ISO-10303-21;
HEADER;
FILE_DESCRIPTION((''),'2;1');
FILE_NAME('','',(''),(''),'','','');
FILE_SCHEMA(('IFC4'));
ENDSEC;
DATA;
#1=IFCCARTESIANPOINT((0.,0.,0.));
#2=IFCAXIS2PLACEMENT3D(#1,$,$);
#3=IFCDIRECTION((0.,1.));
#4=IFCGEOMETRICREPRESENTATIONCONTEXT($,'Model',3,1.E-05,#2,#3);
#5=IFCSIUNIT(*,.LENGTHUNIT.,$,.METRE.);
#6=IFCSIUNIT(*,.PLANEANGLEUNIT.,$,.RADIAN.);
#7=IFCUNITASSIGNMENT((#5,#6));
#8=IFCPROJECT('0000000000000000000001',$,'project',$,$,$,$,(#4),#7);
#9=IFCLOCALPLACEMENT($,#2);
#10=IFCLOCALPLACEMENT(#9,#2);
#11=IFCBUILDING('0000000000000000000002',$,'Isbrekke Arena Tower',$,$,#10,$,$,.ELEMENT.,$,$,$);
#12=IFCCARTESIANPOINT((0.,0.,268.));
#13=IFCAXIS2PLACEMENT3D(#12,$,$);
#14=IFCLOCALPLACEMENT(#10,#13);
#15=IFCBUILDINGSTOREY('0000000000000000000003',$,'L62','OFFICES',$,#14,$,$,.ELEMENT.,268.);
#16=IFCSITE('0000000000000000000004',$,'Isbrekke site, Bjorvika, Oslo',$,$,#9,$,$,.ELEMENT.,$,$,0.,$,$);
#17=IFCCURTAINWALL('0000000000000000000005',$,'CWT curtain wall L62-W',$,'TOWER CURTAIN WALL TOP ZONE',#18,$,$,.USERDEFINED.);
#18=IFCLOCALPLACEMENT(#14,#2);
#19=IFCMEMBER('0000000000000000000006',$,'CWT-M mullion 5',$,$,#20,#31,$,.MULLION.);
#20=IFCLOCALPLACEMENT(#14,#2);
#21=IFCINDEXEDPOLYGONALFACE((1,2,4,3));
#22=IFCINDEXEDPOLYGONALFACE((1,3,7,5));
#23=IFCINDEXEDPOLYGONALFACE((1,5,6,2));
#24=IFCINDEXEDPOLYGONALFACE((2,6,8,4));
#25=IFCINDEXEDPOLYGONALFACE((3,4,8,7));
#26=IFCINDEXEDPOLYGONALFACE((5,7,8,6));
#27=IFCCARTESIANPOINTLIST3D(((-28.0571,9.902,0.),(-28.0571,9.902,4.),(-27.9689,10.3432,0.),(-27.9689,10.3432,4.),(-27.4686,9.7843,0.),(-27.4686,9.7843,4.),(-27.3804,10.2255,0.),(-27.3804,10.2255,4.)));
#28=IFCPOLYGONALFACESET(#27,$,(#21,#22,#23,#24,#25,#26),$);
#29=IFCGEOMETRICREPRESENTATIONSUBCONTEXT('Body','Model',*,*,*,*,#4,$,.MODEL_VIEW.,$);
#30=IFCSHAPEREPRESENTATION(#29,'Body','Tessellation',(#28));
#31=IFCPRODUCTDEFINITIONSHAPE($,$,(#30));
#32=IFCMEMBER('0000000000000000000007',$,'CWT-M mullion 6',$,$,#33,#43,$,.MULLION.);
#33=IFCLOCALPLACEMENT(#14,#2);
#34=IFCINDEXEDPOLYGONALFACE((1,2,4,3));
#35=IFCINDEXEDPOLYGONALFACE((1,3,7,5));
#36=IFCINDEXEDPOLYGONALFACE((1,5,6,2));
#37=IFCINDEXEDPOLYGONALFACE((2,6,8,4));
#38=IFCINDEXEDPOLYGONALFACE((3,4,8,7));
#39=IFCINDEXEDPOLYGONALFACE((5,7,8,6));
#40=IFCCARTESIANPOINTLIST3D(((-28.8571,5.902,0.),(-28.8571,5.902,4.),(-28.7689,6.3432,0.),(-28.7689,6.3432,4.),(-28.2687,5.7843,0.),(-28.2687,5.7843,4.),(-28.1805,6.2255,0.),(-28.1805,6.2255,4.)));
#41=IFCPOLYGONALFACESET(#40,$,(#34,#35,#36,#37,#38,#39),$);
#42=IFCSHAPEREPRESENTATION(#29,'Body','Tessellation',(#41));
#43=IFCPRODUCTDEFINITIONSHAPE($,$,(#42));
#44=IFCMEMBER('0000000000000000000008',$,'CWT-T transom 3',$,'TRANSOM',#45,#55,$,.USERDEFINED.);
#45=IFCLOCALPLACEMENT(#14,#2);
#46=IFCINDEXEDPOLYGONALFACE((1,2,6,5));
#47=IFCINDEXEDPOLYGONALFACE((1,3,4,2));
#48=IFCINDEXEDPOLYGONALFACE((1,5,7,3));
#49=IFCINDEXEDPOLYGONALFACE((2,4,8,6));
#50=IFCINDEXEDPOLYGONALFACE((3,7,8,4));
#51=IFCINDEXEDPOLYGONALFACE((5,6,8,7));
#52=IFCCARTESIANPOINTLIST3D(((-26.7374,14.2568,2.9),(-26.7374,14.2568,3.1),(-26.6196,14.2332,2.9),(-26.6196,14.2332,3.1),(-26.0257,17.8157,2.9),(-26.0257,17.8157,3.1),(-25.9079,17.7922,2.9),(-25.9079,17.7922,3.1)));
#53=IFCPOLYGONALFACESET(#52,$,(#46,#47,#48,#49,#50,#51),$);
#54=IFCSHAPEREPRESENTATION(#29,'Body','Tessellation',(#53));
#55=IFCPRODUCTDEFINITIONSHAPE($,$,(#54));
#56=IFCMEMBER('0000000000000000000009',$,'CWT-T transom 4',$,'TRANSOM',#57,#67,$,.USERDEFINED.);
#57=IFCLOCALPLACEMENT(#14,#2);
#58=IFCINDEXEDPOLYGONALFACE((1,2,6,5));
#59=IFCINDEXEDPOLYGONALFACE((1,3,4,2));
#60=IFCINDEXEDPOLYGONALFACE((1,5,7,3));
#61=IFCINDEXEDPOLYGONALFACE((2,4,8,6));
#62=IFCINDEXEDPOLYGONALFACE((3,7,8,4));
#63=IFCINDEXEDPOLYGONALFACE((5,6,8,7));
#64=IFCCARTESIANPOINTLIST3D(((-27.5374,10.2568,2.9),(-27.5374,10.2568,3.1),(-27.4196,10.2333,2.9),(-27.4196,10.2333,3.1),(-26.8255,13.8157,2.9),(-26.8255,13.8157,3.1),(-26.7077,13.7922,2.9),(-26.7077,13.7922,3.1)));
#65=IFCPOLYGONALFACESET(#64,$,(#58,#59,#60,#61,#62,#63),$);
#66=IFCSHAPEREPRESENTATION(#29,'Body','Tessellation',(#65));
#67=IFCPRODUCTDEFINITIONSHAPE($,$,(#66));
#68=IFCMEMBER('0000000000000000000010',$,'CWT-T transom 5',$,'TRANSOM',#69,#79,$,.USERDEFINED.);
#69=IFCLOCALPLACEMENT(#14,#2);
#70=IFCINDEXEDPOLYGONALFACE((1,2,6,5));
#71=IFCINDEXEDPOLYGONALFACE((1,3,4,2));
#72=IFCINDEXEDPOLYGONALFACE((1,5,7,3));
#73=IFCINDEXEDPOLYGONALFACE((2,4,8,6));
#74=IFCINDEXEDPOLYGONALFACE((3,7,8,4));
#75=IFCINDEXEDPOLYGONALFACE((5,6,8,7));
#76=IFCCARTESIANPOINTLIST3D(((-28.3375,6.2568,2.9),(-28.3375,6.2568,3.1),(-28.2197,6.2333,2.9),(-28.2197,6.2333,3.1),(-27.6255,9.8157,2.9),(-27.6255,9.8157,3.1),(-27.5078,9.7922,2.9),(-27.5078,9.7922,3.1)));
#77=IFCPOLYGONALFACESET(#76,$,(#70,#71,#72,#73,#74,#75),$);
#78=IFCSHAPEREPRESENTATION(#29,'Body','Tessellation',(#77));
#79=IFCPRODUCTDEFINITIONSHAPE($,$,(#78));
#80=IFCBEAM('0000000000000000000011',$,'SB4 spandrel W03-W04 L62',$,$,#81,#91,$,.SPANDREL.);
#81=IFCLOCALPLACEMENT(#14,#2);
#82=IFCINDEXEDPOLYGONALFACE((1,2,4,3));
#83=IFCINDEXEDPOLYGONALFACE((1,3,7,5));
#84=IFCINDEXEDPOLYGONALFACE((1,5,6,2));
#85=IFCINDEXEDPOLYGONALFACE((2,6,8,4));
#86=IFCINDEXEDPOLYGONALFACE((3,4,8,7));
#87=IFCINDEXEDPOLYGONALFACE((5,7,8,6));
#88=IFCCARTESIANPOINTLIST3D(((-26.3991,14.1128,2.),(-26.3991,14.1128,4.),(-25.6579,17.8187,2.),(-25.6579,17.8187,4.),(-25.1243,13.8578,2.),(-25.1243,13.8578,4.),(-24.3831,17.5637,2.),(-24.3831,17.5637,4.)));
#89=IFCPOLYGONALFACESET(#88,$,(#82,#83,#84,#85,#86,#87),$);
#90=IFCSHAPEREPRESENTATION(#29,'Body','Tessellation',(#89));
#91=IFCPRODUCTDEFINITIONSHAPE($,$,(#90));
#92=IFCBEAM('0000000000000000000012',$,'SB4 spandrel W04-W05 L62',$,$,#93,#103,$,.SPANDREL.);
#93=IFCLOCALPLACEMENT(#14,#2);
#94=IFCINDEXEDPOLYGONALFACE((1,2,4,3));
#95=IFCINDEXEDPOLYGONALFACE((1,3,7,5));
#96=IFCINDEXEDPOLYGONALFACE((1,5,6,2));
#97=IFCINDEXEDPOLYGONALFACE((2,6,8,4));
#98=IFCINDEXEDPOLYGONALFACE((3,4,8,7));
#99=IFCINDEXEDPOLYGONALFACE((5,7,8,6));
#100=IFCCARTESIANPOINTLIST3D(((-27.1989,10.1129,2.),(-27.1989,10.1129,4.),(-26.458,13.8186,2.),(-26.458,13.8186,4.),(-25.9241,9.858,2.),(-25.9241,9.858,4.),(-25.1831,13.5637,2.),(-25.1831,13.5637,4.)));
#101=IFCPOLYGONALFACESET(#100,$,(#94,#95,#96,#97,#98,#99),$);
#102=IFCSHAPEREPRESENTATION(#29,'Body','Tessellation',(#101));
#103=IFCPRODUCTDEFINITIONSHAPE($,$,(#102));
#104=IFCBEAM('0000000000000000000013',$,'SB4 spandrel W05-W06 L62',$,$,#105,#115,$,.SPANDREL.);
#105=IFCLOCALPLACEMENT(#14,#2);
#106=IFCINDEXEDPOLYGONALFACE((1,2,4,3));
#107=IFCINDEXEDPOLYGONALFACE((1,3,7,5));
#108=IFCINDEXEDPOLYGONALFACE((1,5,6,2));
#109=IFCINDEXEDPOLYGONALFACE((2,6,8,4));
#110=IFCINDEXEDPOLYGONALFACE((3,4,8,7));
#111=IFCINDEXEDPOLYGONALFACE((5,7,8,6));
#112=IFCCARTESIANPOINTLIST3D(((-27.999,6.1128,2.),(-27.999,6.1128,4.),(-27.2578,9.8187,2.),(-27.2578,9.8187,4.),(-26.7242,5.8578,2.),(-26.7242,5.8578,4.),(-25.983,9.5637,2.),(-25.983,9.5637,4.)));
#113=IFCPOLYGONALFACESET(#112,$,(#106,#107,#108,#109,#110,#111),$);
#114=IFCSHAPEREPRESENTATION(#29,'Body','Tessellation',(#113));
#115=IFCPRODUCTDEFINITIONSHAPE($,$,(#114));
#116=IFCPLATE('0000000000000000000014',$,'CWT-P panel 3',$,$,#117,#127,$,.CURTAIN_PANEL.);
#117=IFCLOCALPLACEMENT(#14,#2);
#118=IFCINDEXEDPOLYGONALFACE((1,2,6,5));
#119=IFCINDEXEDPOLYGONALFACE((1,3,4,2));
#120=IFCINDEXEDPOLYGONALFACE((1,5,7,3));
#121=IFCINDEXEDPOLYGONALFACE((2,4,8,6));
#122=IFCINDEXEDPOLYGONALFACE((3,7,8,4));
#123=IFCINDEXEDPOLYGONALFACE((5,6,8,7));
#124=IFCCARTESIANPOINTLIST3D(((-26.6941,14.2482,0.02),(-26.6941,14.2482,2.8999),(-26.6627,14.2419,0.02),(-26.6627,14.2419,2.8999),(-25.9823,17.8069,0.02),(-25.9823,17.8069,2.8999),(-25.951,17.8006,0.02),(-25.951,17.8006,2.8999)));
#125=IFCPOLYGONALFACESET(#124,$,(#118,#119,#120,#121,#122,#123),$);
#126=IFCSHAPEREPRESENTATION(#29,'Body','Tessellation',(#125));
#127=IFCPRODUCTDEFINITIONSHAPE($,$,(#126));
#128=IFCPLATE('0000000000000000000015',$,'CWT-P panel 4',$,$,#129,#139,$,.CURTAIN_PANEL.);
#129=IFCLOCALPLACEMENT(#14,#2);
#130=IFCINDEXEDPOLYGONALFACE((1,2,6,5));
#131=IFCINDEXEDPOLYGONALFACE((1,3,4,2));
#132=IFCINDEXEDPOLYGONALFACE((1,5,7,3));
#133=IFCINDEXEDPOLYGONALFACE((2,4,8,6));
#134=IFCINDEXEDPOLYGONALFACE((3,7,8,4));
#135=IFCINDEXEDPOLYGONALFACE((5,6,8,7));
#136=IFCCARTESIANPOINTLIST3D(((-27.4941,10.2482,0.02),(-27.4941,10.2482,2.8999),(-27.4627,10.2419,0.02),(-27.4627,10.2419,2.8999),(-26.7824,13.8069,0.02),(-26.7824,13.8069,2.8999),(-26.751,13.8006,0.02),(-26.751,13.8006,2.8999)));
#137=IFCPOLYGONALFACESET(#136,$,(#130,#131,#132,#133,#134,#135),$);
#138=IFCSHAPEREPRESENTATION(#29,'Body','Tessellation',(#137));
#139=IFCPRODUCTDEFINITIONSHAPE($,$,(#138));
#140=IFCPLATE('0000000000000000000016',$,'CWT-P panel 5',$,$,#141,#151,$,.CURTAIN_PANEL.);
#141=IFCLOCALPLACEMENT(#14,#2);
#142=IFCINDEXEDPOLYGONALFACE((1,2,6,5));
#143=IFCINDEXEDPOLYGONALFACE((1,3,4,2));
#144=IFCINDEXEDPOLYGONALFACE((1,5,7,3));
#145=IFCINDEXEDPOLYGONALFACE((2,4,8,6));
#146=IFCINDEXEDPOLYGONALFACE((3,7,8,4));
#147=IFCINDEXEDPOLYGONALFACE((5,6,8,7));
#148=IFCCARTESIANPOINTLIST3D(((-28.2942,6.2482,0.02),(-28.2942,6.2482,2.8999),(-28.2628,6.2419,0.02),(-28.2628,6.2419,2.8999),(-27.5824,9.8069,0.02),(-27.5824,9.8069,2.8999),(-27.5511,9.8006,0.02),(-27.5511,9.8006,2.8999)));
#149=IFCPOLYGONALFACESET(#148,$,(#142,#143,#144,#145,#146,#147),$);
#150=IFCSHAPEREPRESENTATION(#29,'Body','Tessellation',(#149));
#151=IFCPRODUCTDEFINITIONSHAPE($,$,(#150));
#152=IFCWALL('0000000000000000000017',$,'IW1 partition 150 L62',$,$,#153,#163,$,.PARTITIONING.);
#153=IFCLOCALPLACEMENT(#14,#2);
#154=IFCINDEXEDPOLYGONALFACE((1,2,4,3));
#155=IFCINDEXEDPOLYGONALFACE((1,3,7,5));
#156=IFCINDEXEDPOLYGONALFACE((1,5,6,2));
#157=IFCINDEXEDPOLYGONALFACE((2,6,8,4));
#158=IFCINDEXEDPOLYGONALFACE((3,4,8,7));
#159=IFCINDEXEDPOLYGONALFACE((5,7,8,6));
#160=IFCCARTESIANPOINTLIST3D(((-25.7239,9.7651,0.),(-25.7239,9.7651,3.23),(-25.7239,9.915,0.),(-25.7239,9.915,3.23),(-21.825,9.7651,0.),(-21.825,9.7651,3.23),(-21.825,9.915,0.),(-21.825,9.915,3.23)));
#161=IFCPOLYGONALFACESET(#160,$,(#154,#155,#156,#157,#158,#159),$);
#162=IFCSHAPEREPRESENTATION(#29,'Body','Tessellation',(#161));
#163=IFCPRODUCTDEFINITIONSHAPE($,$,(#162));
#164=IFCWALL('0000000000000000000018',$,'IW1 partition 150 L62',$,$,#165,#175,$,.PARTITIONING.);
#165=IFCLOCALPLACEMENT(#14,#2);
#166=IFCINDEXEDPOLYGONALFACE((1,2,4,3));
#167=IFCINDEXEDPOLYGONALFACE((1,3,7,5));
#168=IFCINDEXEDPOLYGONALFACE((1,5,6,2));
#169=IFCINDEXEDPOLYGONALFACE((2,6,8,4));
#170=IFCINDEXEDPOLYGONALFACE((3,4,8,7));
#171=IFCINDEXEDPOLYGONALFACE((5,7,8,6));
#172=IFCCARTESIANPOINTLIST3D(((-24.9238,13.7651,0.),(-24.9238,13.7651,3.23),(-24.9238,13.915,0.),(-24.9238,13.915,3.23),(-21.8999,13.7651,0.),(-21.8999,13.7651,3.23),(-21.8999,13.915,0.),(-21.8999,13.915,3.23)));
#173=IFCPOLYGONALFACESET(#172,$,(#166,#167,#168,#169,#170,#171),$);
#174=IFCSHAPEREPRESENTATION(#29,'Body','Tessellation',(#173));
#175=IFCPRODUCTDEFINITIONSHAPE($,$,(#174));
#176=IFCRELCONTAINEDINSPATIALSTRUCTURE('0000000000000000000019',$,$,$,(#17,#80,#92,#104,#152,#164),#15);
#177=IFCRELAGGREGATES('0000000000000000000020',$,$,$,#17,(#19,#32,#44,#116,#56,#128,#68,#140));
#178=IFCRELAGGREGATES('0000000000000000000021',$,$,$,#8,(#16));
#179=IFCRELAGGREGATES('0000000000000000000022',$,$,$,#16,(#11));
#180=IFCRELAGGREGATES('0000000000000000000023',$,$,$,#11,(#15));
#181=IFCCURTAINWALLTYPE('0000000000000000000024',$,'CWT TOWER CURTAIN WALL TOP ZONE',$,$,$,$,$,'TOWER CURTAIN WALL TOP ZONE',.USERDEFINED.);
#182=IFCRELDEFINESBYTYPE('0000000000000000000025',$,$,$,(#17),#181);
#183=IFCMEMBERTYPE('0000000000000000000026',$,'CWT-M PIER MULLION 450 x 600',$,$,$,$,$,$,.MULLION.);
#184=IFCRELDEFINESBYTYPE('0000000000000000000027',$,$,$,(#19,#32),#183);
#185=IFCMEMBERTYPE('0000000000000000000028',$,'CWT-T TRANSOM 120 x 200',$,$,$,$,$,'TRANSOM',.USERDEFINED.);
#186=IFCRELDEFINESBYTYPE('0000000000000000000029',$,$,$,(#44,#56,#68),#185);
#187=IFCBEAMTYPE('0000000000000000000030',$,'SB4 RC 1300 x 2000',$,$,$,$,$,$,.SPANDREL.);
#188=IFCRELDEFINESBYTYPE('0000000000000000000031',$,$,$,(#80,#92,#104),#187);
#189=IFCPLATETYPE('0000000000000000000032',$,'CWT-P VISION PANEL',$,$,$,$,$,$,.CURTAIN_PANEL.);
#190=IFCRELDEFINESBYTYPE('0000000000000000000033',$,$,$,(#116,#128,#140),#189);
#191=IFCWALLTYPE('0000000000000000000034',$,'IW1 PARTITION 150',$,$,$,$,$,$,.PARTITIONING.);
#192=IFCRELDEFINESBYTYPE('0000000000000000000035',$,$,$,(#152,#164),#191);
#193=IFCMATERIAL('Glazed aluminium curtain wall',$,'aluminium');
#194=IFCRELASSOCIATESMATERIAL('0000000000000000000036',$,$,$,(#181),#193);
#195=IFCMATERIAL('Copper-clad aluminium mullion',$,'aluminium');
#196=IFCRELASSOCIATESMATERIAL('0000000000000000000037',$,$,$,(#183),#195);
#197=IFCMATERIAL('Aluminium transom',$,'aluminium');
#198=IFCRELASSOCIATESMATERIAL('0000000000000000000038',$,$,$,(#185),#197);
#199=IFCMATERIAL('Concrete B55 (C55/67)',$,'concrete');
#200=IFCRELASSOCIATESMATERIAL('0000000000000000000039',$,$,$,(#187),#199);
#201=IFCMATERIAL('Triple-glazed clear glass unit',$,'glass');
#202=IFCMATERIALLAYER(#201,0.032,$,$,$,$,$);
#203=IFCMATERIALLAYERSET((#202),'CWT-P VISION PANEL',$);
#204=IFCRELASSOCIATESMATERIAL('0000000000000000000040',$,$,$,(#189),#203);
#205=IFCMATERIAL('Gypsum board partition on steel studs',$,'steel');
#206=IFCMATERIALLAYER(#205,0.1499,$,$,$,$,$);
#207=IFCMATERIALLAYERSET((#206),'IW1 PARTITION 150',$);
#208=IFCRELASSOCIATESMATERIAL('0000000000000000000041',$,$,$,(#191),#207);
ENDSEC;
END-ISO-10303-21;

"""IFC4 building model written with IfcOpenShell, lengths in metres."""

from ifc_helpers import new_model, si_unit, direction, frame, frame_2d, origin, origin_2d, place, context, subcontext, project, spatial, rectangle, extrude, material, layer, layer_set, material_profile, profile_set, type_object, element, aggregate, save


model = new_model("IFC4")

# Units and contexts
model_context = context("Model", 3, precision=1e-05, world=origin(), true_north=direction((0.0, 1.0)))
body_context = subcontext(model_context, "Body", "Model", "MODEL_VIEW")
ifc_project = project(units=[si_unit("LENGTHUNIT", "METRE"), si_unit("PLANEANGLEUNIT", "RADIAN")], contexts=[model_context])

# Site, building, storey
site_placement = place(None, origin())
site = spatial("IfcSite", under=ifc_project, at=site_placement, Name="Isbrekke site, Bjorvika, Oslo", CompositionType="ELEMENT", RefElevation=0.0)
building_placement = place(site_placement, origin())
building = spatial("IfcBuilding", under=site, at=building_placement, Name="Isbrekke Arena Tower", CompositionType="ELEMENT")
storey_placement = place(building_placement, frame((0.0, 0.0, 268.0)))
storey = spatial("IfcBuildingStorey", under=building, at=storey_placement, Name="L62", Description="OFFICES", CompositionType="ELEMENT", Elevation=268.0)

# Curtain wall, members
ifc_material_1 = material(Name="Glazed aluminium curtain wall", Category="aluminium")
curtain_wall_type = type_object("IfcCurtainWallType", Name="CWT TOWER CURTAIN WALL TOP ZONE", ElementType="TOWER CURTAIN WALL TOP ZONE", PredefinedType="USERDEFINED", material=ifc_material_1)
curtain_wall_placement = place(storey_placement, origin())
curtain_wall = element("IfcCurtainWall", 1, at=curtain_wall_placement, inside=storey, type_object=curtain_wall_type, Name="CWT curtain wall L62-W", ObjectType="TOWER CURTAIN WALL TOP ZONE", PredefinedType="USERDEFINED")
ifc_material_2 = material(Name="Copper-clad aluminium mullion", Category="aluminium")
ifc_material_profile_1 = material_profile(ifc_material_2, rectangle(XDim=0.45, YDim=0.6001, at=origin_2d()), Name="PIER 450X600")
ifc_profile_set_1 = profile_set([ifc_material_profile_1], Name="Copper-clad aluminium mullion")
member_type_1 = type_object("IfcMemberType", Name="CWT-M PIER MULLION 450 x 600", PredefinedType="MULLION", material=ifc_profile_set_1)
member_1_placement = place(storey_placement, frame((-27.7188, 10.0637, 0.0), z_axis=(0.0, 0.0, 1.0), x_axis=(-0.196116, -0.980581, 0.0)))
member_1 = element("IfcMember", 2, at=member_1_placement, type_object=member_type_1, Name="CWT-M mullion 5", PredefinedType="MULLION", context=body_context, shape_type="SweptSolid", body=[
    extrude(rectangle(XDim=0.45, YDim=0.6001, at=origin_2d()), origin(), (0.0, 0.0, 1.0), 4.0),
])
member_2_placement = place(storey_placement, frame((-28.5188, 6.0637, 0.0), z_axis=(0.0, 0.0, 1.0), x_axis=(-0.196116, -0.980581, 0.0)))
member_2 = element("IfcMember", 3, at=member_2_placement, type_object=member_type_1, Name="CWT-M mullion 6", PredefinedType="MULLION", context=body_context, shape_type="SweptSolid", body=[
    extrude(rectangle(XDim=0.45, YDim=0.6001, at=origin_2d()), origin(), (0.0, 0.0, 1.0), 4.0),
])
ifc_material_3 = material(Name="Aluminium transom", Category="aluminium")
ifc_material_profile_2 = material_profile(ifc_material_3, rectangle(XDim=0.1201, YDim=0.2, at=origin_2d()), Name="TRANSOM 120X200")
ifc_profile_set_2 = profile_set([ifc_material_profile_2], Name="Aluminium transom")
member_type_2 = type_object("IfcMemberType", Name="CWT-T TRANSOM 120 x 200", ElementType="TRANSOM", PredefinedType="USERDEFINED", material=ifc_profile_set_2)
member_3_placement = place(storey_placement, frame((-25.9668, 17.804, 3.0), z_axis=(-0.19609, -0.980586, 0.0), x_axis=(0.980586, -0.19609, 0.0)))
member_3 = element("IfcMember", 4, at=member_3_placement, type_object=member_type_2, Name="CWT-T transom 3", ObjectType="TRANSOM", PredefinedType="USERDEFINED", context=body_context, shape_type="SweptSolid", body=[
    extrude(rectangle(XDim=0.1201, YDim=0.2, at=origin_2d()), origin(), (0.0, 0.0, 1.0), 3.6294),
])
member_4_placement = place(storey_placement, frame((-26.7666, 13.804, 3.0), z_axis=(-0.196155, -0.980573, 0.0), x_axis=(0.980573, -0.196155, 0.0)))
member_4 = element("IfcMember", 5, at=member_4_placement, type_object=member_type_2, Name="CWT-T transom 4", ObjectType="TRANSOM", PredefinedType="USERDEFINED", context=body_context, shape_type="SweptSolid", body=[
    extrude(rectangle(XDim=0.1201, YDim=0.2, at=origin_2d()), origin(), (0.0, 0.0, 1.0), 3.6294),
])
member_5_placement = place(storey_placement, frame((-27.5667, 9.804, 3.0), z_axis=(-0.196155, -0.980573, 0.0), x_axis=(0.980573, -0.196155, 0.0)))
member_5 = element("IfcMember", 6, at=member_5_placement, type_object=member_type_2, Name="CWT-T transom 5", ObjectType="TRANSOM", PredefinedType="USERDEFINED", context=body_context, shape_type="SweptSolid", body=[
    extrude(rectangle(XDim=0.1201, YDim=0.2, at=origin_2d()), origin(), (0.0, 0.0, 1.0), 3.6294),
])

# Beams
ifc_material_4 = material(Name="Concrete B55 (C55/67)", Category="concrete")
ifc_material_profile_3 = material_profile(ifc_material_4, rectangle(XDim=1.3, YDim=2.0, at=origin_2d()), Name="RC 1300x2000")
ifc_profile_set_3 = profile_set([ifc_material_profile_3], Name="Concrete B55 (C55/67)")
beam_type_1 = type_object("IfcBeamType", Name="SB4 RC 1300 x 2000", PredefinedType="SPANDREL", material=ifc_profile_set_3)
beam_1_placement = place(storey_placement, frame((-25.0205, 17.6912, 3.0), z_axis=(-0.196129, -0.980578, 0.0), x_axis=(0.980578, -0.196129, 0.0)))
element("IfcBeam", 7, at=beam_1_placement, inside=storey, type_object=beam_type_1, Name="SB4 spandrel W03-W04 L62", PredefinedType="SPANDREL", context=body_context, shape_type="SweptSolid", body=[
    extrude(rectangle(XDim=1.3, YDim=2.0, at=origin_2d()), origin(), (0.0, 0.0, 1.0), 3.7793),
])
beam_2_placement = place(storey_placement, frame((-25.8206, 13.6912, 3.0), z_axis=(-0.196066, -0.980591, 0.0), x_axis=(0.980591, -0.196066, 0.0)))
element("IfcBeam", 8, at=beam_2_placement, inside=storey, type_object=beam_type_1, Name="SB4 spandrel W04-W05 L62", PredefinedType="SPANDREL", context=body_context, shape_type="SweptSolid", body=[
    extrude(rectangle(XDim=1.3, YDim=2.0, at=origin_2d()), origin(), (0.0, 0.0, 1.0), 3.7791),
])
beam_3_placement = place(storey_placement, frame((-26.6204, 9.6912, 3.0), z_axis=(-0.196129, -0.980578, 0.0), x_axis=(0.980578, -0.196129, 0.0)))
element("IfcBeam", 9, at=beam_3_placement, inside=storey, type_object=beam_type_1, Name="SB4 spandrel W05-W06 L62", PredefinedType="SPANDREL", context=body_context, shape_type="SweptSolid", body=[
    extrude(rectangle(XDim=1.3, YDim=2.0, at=origin_2d()), origin(), (0.0, 0.0, 1.0), 3.7793),
])

# Plates
ifc_material_5 = material(Name="Triple-glazed clear glass unit", Category="glass")
ifc_layer_1 = layer(ifc_material_5, 0.032)
ifc_layer_set_1 = layer_set([ifc_layer_1], Name="CWT-P VISION PANEL")
plate_type = type_object("IfcPlateType", Name="CWT-P VISION PANEL", PredefinedType="CURTAIN_PANEL", material=ifc_layer_set_1)
plate_1_placement = place(storey_placement, frame((-26.3225, 16.0244, 0.02), z_axis=(0.0, 0.0, 1.0), x_axis=(-0.196116, -0.980581, 0.0)))
plate_1 = element("IfcPlate", 10, at=plate_1_placement, type_object=plate_type, Name="CWT-P panel 3", PredefinedType="CURTAIN_PANEL", context=body_context, shape_type="SweptSolid", body=[
    extrude(rectangle(XDim=3.6292, YDim=0.032, at=origin_2d()), origin(), (0.0, 0.0, 1.0), 2.8799),
])
plate_2_placement = place(storey_placement, frame((-27.1226, 12.0244, 0.02), z_axis=(0.0, 0.0, 1.0), x_axis=(-0.196116, -0.980581, 0.0)))
plate_2 = element("IfcPlate", 11, at=plate_2_placement, type_object=plate_type, Name="CWT-P panel 4", PredefinedType="CURTAIN_PANEL", context=body_context, shape_type="SweptSolid", body=[
    extrude(rectangle(XDim=3.6292, YDim=0.032, at=origin_2d()), origin(), (0.0, 0.0, 1.0), 2.8799),
])
plate_3_placement = place(storey_placement, frame((-27.9226, 8.0244, 0.02), z_axis=(0.0, 0.0, 1.0), x_axis=(-0.196116, -0.980581, 0.0)))
plate_3 = element("IfcPlate", 12, at=plate_3_placement, type_object=plate_type, Name="CWT-P panel 5", PredefinedType="CURTAIN_PANEL", context=body_context, shape_type="SweptSolid", body=[
    extrude(rectangle(XDim=3.6292, YDim=0.032, at=origin_2d()), origin(), (0.0, 0.0, 1.0), 2.8799),
])
aggregate(curtain_wall, [member_1, member_2, member_3, plate_1, member_4, plate_2, member_5, plate_3])

# Walls
ifc_material_6 = material(Name="Gypsum board partition on steel studs", Category="steel")
ifc_layer_2 = layer(ifc_material_6, 0.1499)
ifc_layer_set_2 = layer_set([ifc_layer_2], Name="IW1 PARTITION 150")
wall_type_1 = type_object("IfcWallType", Name="IW1 PARTITION 150", PredefinedType="PARTITIONING", material=ifc_layer_set_2)
wall_1_placement = place(storey_placement, frame((-25.7239, 9.8401, 0.0), z_axis=(0.0, 0.0, 1.0), x_axis=(1.0, 0.0, 0.0)))
element("IfcWall", 13, at=wall_1_placement, inside=storey, type_object=wall_type_1, Name="IW1 partition 150 L62", PredefinedType="PARTITIONING", context=body_context, shape_type="SweptSolid", body=[
    extrude(rectangle(XDim=3.8989, YDim=0.1499, at=frame_2d((1.9495, 0.0))), origin(), (0.0, 0.0, 1.0), 3.23),
])
wall_2_placement = place(storey_placement, frame((-24.9238, 13.8401, 0.0), z_axis=(0.0, 0.0, 1.0), x_axis=(1.0, 0.0, 0.0)))
element("IfcWall", 14, at=wall_2_placement, inside=storey, type_object=wall_type_1, Name="IW1 partition 150 L62", PredefinedType="PARTITIONING", context=body_context, shape_type="SweptSolid", body=[
    extrude(rectangle(XDim=3.0239, YDim=0.1499, at=frame_2d((1.512, 0.0))), origin(), (0.0, 0.0, 1.0), 3.23),
])

save(model, "model.ifc")
